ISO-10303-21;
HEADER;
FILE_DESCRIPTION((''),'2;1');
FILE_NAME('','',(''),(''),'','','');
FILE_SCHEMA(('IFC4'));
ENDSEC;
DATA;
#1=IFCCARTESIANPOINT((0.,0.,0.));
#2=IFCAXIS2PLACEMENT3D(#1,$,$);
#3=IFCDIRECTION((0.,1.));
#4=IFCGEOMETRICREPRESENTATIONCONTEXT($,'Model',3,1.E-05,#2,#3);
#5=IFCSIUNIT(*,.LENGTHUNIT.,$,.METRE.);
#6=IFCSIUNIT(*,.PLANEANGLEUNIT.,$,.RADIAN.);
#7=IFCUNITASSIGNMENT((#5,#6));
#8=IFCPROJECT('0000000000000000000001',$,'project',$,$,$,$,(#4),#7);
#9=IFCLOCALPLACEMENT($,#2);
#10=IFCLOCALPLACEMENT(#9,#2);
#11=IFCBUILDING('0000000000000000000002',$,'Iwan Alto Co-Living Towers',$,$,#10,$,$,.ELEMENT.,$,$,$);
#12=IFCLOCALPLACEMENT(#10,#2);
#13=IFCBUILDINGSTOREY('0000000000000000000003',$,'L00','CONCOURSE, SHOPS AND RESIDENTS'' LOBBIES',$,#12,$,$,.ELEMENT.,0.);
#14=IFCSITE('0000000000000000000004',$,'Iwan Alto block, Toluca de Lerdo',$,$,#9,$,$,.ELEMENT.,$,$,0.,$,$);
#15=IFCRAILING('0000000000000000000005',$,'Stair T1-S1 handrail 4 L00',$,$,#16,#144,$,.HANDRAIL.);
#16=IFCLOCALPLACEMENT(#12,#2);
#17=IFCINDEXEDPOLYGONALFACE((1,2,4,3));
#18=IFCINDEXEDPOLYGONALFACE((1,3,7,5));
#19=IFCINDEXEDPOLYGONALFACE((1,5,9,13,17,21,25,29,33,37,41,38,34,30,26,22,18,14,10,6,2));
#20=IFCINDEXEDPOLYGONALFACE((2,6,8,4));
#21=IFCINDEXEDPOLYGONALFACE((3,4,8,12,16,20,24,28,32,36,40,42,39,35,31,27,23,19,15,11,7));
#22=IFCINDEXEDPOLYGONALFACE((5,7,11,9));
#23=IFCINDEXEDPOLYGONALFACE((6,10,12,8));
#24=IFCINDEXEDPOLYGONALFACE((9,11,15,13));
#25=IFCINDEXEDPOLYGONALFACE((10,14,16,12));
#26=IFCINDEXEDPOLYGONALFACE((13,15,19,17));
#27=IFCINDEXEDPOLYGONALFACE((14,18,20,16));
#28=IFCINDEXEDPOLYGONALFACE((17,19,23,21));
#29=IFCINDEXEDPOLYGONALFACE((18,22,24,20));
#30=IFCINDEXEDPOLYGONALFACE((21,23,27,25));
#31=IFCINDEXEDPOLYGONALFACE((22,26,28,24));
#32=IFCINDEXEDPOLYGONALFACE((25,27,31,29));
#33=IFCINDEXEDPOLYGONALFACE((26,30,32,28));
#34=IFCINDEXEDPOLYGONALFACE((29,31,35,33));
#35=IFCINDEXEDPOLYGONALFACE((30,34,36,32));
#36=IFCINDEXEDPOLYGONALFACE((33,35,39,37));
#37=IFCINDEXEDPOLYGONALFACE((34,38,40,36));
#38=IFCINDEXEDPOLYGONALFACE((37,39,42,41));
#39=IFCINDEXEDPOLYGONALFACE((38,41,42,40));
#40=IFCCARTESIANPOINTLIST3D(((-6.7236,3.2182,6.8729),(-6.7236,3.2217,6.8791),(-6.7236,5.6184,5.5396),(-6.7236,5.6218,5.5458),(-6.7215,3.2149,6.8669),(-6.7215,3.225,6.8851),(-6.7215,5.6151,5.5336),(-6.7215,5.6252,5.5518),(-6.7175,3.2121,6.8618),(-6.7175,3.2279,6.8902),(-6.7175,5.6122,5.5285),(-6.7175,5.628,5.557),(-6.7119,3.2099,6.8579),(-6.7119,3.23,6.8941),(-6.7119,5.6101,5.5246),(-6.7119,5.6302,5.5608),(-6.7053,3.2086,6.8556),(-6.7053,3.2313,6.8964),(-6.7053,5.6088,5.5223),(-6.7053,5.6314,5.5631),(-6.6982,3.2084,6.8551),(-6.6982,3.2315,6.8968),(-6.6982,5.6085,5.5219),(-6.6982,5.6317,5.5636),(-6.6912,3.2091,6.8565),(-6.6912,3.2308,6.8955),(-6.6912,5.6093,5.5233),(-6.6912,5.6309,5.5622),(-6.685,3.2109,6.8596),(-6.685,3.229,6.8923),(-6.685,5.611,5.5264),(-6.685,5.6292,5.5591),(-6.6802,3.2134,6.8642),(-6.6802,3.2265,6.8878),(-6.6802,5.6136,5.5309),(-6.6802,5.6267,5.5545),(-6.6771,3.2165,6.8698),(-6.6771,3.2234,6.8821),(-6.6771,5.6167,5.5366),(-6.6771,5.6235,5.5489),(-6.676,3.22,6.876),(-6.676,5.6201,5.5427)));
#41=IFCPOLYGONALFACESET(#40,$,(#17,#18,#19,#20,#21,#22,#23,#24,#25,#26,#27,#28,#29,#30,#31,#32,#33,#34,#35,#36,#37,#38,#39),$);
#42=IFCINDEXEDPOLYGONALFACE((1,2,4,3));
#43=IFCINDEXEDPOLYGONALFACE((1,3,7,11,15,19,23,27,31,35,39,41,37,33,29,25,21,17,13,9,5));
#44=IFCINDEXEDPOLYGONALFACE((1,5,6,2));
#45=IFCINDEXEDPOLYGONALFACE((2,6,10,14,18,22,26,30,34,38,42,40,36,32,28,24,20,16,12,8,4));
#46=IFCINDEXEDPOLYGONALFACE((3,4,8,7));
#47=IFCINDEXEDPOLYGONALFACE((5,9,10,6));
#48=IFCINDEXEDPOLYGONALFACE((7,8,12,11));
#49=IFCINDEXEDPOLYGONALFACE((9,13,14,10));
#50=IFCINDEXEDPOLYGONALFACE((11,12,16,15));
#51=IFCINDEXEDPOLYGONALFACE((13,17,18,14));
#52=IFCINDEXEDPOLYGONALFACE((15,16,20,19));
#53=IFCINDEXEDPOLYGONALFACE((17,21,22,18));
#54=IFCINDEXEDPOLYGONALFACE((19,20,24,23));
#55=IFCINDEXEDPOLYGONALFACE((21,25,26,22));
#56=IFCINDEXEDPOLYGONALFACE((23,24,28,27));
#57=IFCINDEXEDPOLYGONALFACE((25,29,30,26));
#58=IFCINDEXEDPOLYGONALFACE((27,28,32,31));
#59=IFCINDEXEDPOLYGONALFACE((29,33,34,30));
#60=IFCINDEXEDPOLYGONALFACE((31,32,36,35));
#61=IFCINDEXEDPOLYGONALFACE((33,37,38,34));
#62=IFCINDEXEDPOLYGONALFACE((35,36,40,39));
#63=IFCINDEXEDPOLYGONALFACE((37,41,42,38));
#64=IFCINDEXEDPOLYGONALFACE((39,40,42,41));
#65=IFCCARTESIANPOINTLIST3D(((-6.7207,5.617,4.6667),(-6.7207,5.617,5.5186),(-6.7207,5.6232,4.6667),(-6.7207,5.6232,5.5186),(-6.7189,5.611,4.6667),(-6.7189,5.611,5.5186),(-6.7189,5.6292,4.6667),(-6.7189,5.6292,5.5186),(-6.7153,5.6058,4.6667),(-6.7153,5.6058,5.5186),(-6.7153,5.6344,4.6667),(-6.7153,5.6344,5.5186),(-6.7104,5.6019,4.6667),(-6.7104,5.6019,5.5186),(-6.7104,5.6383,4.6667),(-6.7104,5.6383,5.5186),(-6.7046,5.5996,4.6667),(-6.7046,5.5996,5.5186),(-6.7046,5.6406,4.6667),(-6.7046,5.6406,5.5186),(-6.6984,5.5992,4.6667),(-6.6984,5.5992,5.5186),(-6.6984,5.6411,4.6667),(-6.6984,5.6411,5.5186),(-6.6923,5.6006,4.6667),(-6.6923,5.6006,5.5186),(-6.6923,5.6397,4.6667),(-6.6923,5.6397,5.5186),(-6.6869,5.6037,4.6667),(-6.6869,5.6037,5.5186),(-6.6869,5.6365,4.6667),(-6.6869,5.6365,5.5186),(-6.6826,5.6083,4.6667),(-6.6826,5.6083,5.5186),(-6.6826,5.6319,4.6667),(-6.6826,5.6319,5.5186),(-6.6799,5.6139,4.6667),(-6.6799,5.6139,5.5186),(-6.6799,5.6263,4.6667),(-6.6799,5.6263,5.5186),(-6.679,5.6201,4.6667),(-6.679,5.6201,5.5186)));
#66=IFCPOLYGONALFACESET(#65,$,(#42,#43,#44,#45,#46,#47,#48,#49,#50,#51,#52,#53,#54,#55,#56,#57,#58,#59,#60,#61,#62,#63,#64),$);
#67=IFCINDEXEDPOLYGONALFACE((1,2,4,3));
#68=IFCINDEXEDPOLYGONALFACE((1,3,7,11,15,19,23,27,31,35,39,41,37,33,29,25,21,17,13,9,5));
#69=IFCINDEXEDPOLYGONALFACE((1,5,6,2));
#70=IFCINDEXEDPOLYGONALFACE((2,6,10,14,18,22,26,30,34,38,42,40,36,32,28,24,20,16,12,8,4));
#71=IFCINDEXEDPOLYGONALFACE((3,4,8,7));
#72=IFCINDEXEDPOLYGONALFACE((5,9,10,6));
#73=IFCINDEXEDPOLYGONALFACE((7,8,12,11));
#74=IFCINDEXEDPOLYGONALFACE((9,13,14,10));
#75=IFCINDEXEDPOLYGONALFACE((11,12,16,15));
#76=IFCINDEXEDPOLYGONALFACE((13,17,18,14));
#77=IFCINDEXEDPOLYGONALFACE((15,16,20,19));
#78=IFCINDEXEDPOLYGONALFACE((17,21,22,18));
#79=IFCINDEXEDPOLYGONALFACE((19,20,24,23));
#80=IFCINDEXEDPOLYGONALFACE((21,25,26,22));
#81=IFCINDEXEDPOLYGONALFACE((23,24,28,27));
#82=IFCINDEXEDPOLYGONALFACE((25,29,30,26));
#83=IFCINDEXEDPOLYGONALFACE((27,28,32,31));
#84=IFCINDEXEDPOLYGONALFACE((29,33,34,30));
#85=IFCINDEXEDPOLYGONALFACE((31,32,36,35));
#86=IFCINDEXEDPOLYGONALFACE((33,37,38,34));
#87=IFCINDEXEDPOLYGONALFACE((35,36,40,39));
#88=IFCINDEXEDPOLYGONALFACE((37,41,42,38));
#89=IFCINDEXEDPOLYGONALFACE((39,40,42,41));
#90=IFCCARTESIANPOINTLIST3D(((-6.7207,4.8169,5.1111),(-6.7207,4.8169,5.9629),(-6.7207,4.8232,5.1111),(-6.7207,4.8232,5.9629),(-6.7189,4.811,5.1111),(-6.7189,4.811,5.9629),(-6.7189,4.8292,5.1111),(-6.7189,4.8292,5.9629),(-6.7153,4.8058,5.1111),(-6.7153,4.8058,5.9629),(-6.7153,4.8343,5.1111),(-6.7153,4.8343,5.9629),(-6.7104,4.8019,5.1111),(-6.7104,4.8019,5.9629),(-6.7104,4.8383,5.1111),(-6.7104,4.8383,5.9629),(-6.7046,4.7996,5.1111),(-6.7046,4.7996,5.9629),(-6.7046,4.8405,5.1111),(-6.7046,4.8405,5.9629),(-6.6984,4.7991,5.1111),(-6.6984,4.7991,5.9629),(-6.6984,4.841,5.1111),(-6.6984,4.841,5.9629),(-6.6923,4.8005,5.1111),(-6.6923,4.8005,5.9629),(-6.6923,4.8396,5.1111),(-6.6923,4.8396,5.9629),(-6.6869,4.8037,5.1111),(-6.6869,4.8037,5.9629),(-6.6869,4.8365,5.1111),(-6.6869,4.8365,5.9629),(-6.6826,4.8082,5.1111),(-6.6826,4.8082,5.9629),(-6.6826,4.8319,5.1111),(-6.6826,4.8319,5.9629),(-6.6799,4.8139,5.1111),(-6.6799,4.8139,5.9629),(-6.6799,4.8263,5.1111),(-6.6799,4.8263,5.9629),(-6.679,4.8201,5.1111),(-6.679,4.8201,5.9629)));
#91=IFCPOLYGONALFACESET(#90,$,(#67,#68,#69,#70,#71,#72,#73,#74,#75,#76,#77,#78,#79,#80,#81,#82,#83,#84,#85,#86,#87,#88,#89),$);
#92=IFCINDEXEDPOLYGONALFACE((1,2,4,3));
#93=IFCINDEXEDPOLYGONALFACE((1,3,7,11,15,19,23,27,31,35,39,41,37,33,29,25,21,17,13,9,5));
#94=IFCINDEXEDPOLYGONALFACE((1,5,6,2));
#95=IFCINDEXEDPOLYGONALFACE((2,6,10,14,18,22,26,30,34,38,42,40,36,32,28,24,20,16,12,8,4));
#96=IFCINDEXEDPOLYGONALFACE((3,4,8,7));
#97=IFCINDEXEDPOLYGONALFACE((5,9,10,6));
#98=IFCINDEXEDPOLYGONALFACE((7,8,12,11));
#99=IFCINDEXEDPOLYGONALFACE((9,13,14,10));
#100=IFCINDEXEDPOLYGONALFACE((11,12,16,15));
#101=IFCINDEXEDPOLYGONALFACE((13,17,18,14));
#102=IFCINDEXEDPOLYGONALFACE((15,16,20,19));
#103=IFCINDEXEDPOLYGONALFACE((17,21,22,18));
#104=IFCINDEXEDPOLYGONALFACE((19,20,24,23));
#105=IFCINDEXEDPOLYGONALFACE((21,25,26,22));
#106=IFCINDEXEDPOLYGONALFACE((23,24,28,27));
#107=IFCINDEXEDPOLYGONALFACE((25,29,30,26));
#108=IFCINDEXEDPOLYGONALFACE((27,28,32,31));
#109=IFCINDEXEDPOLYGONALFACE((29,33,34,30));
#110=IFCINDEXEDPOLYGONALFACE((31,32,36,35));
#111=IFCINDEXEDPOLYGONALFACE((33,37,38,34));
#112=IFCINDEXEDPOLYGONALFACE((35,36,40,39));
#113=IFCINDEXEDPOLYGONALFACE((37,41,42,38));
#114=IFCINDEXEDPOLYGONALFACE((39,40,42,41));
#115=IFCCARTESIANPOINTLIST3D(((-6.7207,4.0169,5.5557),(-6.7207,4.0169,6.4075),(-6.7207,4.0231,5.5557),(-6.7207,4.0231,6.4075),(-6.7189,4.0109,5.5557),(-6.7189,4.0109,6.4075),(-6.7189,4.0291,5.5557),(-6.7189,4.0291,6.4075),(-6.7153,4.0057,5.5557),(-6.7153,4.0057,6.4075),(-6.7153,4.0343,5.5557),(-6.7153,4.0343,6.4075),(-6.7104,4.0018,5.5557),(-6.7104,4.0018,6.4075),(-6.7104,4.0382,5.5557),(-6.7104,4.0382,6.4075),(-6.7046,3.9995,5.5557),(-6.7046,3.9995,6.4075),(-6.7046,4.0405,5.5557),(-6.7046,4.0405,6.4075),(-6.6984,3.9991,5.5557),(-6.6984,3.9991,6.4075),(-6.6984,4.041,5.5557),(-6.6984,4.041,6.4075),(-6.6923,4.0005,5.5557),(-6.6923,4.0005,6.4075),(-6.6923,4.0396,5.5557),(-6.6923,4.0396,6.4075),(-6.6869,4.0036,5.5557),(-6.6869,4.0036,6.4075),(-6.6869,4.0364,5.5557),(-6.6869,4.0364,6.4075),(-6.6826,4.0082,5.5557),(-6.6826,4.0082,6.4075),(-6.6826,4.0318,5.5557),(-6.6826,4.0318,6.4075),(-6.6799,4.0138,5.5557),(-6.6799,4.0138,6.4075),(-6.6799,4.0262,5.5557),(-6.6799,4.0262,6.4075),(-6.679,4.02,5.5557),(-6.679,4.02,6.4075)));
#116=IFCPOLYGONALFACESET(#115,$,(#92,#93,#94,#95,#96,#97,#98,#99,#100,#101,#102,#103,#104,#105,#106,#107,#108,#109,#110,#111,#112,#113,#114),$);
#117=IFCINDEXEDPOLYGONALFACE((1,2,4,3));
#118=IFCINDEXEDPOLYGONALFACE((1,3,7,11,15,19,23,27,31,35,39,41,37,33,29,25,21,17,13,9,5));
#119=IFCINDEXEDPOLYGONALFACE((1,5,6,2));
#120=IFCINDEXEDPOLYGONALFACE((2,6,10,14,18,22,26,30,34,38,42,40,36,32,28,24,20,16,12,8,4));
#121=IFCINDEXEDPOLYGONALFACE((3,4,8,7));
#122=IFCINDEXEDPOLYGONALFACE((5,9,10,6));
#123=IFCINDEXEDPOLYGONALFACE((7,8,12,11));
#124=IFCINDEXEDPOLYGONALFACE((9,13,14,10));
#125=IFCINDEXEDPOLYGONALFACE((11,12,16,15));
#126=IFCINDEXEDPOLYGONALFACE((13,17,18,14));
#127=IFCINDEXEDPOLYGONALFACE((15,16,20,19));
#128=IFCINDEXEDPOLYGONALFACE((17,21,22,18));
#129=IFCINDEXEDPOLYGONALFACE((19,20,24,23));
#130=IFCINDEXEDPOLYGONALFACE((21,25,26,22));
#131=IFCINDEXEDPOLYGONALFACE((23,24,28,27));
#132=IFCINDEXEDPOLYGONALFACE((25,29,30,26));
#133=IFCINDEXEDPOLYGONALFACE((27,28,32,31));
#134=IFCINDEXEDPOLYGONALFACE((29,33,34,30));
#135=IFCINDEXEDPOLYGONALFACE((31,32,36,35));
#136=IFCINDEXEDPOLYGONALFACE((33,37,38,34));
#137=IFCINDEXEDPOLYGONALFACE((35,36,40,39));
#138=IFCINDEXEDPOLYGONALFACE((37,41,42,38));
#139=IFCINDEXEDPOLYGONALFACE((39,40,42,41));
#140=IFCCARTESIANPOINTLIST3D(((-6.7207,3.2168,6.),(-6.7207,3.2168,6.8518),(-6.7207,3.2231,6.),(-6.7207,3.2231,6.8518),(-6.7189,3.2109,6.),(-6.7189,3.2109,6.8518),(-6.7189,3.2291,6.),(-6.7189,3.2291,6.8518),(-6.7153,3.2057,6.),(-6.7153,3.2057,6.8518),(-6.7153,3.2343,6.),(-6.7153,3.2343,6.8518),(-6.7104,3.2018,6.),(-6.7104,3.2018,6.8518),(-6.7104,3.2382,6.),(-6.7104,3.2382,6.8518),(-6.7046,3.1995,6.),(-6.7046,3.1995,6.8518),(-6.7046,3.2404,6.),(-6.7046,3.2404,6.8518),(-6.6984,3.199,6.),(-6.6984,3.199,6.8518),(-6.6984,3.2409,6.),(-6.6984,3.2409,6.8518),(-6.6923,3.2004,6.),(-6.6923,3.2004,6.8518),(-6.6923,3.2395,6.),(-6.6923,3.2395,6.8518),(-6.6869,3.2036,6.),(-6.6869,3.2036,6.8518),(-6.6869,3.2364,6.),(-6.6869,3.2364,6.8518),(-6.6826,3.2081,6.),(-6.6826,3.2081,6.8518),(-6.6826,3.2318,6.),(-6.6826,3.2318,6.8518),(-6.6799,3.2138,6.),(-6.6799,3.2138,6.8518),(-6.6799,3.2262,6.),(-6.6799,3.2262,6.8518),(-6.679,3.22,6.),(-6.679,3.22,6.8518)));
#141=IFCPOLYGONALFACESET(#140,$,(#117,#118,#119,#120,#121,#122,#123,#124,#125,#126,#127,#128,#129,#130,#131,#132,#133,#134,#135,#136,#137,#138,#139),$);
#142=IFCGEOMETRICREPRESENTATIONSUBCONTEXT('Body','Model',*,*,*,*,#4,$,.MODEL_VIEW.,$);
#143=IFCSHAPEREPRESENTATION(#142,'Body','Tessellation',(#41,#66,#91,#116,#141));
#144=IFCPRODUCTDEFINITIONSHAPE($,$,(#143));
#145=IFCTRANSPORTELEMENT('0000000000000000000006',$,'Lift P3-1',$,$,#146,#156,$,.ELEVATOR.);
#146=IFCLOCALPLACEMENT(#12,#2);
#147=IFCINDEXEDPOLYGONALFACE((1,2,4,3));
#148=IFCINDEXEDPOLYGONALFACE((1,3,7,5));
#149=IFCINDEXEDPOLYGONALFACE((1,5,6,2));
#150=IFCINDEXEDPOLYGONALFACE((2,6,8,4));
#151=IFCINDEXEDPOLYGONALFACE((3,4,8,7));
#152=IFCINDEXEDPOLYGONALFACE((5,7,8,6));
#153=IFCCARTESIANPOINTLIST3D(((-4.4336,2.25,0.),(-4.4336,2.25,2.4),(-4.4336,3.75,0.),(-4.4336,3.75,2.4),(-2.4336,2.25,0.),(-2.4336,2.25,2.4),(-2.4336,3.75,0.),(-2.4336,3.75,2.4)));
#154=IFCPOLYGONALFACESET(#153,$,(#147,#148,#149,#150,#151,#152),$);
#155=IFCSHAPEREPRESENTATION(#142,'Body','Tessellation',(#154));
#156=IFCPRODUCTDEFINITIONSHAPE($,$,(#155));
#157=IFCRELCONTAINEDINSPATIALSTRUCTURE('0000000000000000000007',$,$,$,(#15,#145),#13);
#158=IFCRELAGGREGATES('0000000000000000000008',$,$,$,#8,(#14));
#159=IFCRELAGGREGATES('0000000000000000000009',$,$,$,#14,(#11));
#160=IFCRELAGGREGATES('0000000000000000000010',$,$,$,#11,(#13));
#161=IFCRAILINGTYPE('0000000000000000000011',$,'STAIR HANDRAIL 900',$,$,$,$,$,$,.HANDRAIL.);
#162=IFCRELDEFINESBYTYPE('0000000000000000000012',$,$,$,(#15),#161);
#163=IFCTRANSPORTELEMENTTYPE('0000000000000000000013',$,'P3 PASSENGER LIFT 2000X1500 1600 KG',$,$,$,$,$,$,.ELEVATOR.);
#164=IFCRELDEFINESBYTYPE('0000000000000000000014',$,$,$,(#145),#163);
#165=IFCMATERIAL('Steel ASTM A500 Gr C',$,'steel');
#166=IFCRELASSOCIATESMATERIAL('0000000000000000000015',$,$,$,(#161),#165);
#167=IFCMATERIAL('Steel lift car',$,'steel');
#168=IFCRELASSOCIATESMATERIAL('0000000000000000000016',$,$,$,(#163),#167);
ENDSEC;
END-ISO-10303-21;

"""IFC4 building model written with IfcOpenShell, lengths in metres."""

from ifc_helpers import new_model, si_unit, direction, frame, origin, origin_2d, place, context, subcontext, project, spatial, rectangle, circle, extrude, material, type_object, element, save


model = new_model("IFC4")

# Units and contexts
model_context = context("Model", 3, precision=1e-05, world=origin(), true_north=direction((0.0, 1.0)))
body_context = subcontext(model_context, "Body", "Model", "MODEL_VIEW")
ifc_project = project(units=[si_unit("LENGTHUNIT", "METRE"), si_unit("PLANEANGLEUNIT", "RADIAN")], contexts=[model_context])

# Site, building, storey
site_placement = place(None, origin())
site = spatial("IfcSite", under=ifc_project, at=site_placement, Name="Iwan Alto block, Toluca de Lerdo", CompositionType="ELEMENT", RefElevation=0.0)
building_placement = place(site_placement, origin())
building = spatial("IfcBuilding", under=site, at=building_placement, Name="Iwan Alto Co-Living Towers", CompositionType="ELEMENT")
storey_placement = place(building_placement, origin())
storey = spatial("IfcBuildingStorey", under=building, at=storey_placement, Name="L00", Description="CONCOURSE, SHOPS AND RESIDENTS' LOBBIES", CompositionType="ELEMENT", Elevation=0.0)

# Railing
ifc_material_1 = material(Name="Steel ASTM A500 Gr C", Category="steel")
railing_type_1 = type_object("IfcRailingType", Name="STAIR HANDRAIL 900", PredefinedType="HANDRAIL", material=ifc_material_1)
railing_1_placement = place(storey_placement, frame((-6.7, 5.6201, 4.6667)))
element("IfcRailing", 1, at=railing_1_placement, inside=storey, type_object=railing_type_1, Name="Stair T1-S1 handrail 4 L00", PredefinedType="HANDRAIL", context=body_context, shape_type="SweptSolid", body=[
    extrude(circle(Radius=0.0239, at=origin_2d()), frame((0.0, 0.0, 0.876), z_axis=(0.0, -0.874182, 0.485598), x_axis=(1.0, 0.0, 0.0)), (0.0, 0.0, 1.0), 2.7456),
    extrude(circle(Radius=0.021, at=origin_2d()), origin(), (0.0, 0.0, 1.0), 0.8518),
    extrude(circle(Radius=0.021, at=origin_2d()), frame((0.0, -0.8, 0.4443)), (0.0, 0.0, 1.0), 0.8518),
    extrude(circle(Radius=0.021, at=origin_2d()), frame((0.0, -1.6001, 0.8889)), (0.0, 0.0, 1.0), 0.8518),
    extrude(circle(Radius=0.021, at=origin_2d()), frame((0.0, -2.4001, 1.3333)), (0.0, 0.0, 1.0), 0.8518),
])

# Transport element
ifc_material_2 = material(Name="Steel lift car", Category="steel")
transport_element_type = type_object("IfcTransportElementType", Name="P3 PASSENGER LIFT 2000X1500 1600 KG", PredefinedType="ELEVATOR", material=ifc_material_2)
transport_element_placement = place(storey_placement, frame((-3.4336, 3.0, 0.0), z_axis=(0.0, 0.0, 1.0), x_axis=(1.0, 0.0, 0.0)))
element("IfcTransportElement", 2, at=transport_element_placement, inside=storey, type_object=transport_element_type, Name="Lift P3-1", PredefinedType="ELEVATOR", context=body_context, shape_type="SweptSolid", body=[
    extrude(rectangle(XDim=2.0, YDim=1.5, at=origin_2d()), origin(), (0.0, 0.0, 1.0), 2.4),
])

save(model, "model.ifc")
